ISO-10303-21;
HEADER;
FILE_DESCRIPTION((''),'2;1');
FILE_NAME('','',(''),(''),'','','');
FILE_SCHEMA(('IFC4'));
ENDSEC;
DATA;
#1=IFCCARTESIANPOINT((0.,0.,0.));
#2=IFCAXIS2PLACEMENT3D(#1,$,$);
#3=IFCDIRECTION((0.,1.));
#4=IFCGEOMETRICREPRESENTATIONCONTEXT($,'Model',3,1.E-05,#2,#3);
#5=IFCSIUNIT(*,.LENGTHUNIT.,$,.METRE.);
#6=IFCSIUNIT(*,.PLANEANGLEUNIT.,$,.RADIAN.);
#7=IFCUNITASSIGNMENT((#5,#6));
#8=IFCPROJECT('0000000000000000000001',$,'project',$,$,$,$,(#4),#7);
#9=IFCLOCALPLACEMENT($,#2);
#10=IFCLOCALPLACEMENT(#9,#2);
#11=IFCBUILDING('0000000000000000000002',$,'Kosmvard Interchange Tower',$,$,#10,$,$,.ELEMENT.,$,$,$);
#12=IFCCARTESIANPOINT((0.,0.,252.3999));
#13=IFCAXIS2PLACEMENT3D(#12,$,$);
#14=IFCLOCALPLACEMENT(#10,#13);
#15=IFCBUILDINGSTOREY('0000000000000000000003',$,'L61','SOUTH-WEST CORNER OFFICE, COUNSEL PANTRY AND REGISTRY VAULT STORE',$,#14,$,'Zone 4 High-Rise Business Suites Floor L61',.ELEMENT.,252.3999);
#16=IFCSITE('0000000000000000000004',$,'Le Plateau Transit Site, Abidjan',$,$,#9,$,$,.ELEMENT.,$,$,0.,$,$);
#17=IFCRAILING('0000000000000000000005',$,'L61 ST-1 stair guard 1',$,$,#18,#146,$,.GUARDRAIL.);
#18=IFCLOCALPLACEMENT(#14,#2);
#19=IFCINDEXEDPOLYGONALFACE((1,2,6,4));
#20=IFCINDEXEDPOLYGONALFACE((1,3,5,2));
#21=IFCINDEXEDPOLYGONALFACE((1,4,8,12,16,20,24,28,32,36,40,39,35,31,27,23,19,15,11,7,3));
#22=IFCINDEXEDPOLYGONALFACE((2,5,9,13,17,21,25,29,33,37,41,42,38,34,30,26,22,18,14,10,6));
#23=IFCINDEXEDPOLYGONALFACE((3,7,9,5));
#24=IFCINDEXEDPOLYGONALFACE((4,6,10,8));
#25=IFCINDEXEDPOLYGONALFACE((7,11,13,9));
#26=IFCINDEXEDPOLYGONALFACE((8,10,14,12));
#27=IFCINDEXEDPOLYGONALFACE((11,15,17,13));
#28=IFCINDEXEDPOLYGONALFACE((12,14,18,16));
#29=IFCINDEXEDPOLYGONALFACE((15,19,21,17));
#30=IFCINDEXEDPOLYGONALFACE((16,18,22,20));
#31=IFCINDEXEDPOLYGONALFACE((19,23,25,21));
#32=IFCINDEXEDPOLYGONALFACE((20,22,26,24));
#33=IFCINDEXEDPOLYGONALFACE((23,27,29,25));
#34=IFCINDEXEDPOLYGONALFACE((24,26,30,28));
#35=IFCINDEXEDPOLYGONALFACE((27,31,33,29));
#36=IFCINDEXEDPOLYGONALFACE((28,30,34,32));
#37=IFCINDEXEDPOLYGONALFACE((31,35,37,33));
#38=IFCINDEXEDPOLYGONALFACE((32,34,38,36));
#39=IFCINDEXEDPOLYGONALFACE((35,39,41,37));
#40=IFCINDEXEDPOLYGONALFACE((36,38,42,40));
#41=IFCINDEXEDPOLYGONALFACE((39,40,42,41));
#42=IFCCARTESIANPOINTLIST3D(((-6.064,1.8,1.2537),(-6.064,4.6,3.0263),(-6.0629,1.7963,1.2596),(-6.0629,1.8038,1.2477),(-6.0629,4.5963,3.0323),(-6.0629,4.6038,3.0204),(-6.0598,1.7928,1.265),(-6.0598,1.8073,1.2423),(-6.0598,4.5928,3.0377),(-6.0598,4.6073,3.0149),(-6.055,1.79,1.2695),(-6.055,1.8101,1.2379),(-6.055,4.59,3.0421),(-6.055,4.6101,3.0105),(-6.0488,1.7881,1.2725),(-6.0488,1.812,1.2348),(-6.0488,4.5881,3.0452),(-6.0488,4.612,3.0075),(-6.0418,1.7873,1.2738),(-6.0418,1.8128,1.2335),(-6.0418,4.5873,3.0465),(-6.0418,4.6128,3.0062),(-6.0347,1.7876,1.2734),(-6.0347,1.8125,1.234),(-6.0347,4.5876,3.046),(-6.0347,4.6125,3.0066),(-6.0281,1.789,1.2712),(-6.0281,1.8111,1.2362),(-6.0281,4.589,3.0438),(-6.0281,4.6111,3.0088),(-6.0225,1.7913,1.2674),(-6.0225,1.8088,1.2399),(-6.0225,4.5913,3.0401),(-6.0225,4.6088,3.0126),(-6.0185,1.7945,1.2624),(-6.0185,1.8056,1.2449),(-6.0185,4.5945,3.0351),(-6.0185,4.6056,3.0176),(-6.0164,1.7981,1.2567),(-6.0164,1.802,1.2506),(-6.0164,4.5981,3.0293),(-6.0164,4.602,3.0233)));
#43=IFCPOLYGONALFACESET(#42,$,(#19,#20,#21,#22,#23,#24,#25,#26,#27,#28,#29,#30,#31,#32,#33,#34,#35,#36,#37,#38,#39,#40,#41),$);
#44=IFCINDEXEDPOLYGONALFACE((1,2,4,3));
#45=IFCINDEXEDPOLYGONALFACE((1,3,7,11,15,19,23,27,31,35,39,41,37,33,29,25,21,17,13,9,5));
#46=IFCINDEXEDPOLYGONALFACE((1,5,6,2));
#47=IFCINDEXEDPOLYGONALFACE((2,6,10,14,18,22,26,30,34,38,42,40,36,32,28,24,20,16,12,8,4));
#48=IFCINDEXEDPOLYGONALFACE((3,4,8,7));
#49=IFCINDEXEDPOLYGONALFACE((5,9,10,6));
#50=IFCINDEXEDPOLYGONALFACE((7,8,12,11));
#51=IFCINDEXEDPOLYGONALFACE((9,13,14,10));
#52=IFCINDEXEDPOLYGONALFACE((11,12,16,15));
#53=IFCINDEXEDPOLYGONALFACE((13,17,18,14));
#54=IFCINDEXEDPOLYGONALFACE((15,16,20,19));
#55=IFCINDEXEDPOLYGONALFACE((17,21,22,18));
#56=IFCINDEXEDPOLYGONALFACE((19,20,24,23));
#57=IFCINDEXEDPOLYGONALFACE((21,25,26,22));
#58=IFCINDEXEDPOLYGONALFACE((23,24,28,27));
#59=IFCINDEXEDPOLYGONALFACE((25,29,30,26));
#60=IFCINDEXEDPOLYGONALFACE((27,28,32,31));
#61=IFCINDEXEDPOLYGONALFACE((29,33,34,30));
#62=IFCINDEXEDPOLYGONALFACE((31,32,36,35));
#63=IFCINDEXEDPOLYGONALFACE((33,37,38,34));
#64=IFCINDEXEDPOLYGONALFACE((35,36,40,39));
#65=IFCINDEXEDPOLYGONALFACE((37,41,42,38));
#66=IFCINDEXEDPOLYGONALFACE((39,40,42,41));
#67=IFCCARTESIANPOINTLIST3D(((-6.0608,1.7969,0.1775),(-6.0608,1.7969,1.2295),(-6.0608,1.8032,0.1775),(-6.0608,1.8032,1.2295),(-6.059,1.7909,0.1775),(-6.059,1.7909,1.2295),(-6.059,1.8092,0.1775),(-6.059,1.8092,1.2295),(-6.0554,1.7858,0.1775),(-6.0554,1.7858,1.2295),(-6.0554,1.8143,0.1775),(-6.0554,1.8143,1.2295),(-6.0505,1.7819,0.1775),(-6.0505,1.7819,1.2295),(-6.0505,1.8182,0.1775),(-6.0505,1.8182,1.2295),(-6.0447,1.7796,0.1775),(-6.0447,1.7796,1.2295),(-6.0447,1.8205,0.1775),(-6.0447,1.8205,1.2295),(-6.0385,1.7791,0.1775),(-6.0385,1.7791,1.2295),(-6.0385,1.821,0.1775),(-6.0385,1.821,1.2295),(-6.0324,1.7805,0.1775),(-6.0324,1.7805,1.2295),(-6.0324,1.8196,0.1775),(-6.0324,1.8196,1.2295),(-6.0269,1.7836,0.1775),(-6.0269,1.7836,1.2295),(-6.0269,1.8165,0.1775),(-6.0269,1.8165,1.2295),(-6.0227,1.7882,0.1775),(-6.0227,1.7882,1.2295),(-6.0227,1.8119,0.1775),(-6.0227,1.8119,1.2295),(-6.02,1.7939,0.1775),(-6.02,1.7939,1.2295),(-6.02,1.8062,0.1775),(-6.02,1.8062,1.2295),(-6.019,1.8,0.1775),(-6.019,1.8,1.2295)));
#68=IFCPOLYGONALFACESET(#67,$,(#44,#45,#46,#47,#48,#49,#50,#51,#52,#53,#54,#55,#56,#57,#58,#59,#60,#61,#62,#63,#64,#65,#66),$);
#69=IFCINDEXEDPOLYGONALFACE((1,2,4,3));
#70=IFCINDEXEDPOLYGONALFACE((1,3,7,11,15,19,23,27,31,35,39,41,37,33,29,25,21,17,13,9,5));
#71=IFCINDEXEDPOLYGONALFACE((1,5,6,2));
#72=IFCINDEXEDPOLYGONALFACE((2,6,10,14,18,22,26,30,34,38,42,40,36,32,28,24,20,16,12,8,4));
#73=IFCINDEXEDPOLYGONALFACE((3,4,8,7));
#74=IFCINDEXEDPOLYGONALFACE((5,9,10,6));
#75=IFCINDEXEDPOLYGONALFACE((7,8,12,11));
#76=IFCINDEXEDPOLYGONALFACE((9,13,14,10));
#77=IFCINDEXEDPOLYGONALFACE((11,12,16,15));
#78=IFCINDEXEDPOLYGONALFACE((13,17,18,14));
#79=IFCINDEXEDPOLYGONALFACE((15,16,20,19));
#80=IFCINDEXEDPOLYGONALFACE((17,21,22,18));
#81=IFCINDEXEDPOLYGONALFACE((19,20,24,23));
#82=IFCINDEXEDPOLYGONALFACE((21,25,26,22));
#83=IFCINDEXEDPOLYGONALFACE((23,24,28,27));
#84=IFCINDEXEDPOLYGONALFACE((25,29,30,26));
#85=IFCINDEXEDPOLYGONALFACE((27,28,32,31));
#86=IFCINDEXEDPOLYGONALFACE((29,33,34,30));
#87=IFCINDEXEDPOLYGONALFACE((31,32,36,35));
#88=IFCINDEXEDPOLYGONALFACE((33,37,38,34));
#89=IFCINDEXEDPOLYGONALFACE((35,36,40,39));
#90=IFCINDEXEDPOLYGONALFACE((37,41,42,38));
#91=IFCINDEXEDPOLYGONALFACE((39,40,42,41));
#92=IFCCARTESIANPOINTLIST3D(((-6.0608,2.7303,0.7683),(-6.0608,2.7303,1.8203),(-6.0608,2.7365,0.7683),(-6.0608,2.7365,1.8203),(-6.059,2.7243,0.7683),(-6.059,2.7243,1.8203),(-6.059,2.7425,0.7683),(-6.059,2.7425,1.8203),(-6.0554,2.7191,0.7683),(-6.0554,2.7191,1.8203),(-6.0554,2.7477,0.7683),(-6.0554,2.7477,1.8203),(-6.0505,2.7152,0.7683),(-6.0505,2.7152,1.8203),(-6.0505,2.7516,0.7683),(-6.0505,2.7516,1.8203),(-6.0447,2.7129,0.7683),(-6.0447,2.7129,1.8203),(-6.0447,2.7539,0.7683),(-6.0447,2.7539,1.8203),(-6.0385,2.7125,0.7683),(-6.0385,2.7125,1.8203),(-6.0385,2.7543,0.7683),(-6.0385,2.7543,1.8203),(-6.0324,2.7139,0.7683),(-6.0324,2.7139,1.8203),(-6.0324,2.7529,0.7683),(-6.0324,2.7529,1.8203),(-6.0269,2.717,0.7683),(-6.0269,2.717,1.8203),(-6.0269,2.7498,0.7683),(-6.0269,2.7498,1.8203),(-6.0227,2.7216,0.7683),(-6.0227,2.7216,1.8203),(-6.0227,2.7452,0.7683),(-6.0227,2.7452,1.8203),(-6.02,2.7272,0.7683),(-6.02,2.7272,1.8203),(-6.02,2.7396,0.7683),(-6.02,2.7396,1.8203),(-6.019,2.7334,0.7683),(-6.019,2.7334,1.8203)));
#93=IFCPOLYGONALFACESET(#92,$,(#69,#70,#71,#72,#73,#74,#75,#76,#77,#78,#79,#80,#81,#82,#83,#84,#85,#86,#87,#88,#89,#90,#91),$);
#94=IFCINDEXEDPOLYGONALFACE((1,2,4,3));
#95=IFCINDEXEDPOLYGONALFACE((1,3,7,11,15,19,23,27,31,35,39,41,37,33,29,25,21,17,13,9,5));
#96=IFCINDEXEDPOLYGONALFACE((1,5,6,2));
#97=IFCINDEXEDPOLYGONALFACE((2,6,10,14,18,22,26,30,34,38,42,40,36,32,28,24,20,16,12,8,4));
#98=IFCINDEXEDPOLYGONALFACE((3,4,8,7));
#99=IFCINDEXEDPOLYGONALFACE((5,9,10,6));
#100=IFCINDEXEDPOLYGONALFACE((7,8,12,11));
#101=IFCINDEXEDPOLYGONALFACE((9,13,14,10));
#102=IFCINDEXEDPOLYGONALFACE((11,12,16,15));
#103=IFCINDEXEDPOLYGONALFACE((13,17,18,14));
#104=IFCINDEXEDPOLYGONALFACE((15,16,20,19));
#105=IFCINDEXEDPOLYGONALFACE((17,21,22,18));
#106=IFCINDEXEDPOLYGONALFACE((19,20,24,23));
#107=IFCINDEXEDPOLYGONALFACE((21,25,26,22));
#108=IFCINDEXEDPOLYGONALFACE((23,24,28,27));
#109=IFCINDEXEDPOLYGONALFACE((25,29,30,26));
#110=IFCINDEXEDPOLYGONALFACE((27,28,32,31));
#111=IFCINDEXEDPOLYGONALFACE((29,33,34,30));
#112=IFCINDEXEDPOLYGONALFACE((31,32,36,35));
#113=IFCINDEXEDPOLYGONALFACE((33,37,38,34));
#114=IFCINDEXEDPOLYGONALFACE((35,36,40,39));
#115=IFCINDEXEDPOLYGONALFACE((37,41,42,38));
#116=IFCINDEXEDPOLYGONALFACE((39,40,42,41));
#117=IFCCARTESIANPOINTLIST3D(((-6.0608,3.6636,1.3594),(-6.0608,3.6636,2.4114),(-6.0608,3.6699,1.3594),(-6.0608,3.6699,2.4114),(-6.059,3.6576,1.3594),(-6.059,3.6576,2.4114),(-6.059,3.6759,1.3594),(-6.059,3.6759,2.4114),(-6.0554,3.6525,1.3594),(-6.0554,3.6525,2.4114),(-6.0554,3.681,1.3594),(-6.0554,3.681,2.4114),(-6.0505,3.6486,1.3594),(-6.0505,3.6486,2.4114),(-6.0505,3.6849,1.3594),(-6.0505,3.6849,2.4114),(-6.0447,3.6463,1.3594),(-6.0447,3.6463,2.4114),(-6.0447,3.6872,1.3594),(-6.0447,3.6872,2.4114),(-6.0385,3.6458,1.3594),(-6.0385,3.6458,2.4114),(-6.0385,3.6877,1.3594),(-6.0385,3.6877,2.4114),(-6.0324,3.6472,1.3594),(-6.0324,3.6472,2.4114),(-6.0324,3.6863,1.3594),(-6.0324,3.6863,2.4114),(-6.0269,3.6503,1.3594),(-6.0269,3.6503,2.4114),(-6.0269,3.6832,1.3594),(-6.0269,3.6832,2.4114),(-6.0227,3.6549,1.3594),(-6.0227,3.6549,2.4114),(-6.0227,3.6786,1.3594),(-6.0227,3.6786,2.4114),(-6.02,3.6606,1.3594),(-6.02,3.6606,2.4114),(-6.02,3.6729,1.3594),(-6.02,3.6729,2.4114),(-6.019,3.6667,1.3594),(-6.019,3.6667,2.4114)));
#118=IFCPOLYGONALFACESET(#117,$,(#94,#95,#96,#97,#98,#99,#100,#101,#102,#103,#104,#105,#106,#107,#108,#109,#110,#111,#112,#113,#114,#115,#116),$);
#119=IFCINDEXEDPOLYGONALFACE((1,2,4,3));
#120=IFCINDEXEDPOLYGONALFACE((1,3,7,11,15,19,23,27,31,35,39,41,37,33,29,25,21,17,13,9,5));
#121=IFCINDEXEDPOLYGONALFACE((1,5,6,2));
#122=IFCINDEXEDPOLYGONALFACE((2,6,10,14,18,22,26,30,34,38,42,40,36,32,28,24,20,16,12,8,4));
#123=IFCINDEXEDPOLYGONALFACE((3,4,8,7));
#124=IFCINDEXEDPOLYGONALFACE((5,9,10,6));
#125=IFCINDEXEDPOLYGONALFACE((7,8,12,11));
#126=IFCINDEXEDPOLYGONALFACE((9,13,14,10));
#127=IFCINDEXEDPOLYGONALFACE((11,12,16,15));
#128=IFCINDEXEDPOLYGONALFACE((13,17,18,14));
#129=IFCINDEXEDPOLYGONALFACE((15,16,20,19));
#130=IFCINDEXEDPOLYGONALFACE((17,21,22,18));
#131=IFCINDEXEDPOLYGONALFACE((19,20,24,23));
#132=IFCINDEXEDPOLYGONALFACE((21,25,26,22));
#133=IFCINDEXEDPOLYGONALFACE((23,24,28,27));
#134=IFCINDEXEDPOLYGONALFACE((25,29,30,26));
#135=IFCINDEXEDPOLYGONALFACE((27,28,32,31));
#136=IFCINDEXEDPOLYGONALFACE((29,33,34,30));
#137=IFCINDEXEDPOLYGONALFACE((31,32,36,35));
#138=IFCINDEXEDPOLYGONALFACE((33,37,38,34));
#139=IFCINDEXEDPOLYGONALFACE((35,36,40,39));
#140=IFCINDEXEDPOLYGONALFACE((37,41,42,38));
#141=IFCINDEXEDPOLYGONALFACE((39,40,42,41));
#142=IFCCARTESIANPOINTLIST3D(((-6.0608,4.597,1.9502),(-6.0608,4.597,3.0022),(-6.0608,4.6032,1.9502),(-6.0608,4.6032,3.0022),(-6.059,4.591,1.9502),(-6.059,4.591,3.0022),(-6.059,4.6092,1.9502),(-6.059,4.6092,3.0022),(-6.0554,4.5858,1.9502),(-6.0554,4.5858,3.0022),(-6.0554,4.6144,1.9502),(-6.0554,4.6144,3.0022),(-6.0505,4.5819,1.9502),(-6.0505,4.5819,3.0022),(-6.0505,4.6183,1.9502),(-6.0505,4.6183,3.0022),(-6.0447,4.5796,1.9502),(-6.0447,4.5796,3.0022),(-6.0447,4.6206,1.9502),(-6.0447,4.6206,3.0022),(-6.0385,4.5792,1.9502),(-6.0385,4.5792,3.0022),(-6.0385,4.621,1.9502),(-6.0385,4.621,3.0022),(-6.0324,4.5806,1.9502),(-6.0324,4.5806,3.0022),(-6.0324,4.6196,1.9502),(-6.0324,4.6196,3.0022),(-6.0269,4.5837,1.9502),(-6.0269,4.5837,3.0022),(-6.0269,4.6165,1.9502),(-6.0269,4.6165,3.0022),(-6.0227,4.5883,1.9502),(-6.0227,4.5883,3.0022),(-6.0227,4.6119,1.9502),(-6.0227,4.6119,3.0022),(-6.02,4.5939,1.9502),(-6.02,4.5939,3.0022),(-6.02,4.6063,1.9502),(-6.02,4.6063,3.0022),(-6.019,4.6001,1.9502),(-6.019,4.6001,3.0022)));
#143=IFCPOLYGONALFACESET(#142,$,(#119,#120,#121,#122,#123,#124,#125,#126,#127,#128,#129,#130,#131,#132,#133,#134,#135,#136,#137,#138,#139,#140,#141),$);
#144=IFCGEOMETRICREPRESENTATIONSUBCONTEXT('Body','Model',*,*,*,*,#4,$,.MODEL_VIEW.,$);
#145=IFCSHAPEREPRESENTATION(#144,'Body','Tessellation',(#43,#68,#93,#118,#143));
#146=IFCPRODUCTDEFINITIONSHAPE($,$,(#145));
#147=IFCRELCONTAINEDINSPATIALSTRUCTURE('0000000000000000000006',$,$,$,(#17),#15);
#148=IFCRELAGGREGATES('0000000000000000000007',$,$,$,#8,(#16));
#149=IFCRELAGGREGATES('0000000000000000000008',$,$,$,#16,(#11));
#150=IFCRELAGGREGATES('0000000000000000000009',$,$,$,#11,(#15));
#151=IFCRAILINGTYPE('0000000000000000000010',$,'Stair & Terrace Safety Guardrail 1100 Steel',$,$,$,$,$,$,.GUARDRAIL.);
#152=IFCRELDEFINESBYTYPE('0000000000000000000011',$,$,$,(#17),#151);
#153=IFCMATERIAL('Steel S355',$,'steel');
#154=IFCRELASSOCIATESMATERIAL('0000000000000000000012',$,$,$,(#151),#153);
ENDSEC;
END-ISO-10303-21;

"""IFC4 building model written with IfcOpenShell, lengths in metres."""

from ifc_helpers import new_model, si_unit, direction, frame, origin, origin_2d, place, context, subcontext, project, spatial, circle, extrude, source, transform, mapped, material, type_object, element, save


model = new_model("IFC4")

# Units and contexts
model_context = context("Model", 3, precision=1e-05, world=origin(), true_north=direction((0.0, 1.0)))
body_context = subcontext(model_context, "Body", "Model", "MODEL_VIEW")
ifc_project = project(units=[si_unit("LENGTHUNIT", "METRE"), si_unit("PLANEANGLEUNIT", "RADIAN")], contexts=[model_context])

# Site, building, storey
site_placement = place(None, origin())
site = spatial("IfcSite", under=ifc_project, at=site_placement, Name="Le Plateau Transit Site, Abidjan", CompositionType="ELEMENT", RefElevation=0.0)
building_placement = place(site_placement, origin())
building = spatial("IfcBuilding", under=site, at=building_placement, Name="Kosmvard Interchange Tower", CompositionType="ELEMENT")
storey_placement = place(building_placement, frame((0.0, 0.0, 252.3999)))
storey = spatial("IfcBuildingStorey", under=building, at=storey_placement, Name="L61", Description="SOUTH-WEST CORNER OFFICE, COUNSEL PANTRY AND REGISTRY VAULT STORE", LongName="Zone 4 High-Rise Business Suites Floor L61", CompositionType="ELEMENT", Elevation=252.3999)

# Railing
ifc_material_1 = material(Name="Steel S355", Category="steel")
railing_type_1 = type_object("IfcRailingType", Name="Stair & Terrace Safety Guardrail 1100 Steel", PredefinedType="GUARDRAIL", material=ifc_material_1)
shared_shape_1 = source(origin(), body_context, "Body", "SweptSolid", [
    extrude(circle(Radius=0.0239, at=origin_2d()), frame((0.0, 0.0, 1.0762), z_axis=(0.0, 0.844909, 0.53491), x_axis=(-1.0, 0.0, 0.0)), (0.0, 0.0, 1.0), 3.314),
    extrude(circle(Radius=0.021, at=origin_2d()), origin(), (0.0, 0.0, 1.0), 1.052),
    extrude(circle(Radius=0.021, at=origin_2d()), frame((0.0, 0.9333, 0.5908)), (0.0, 0.0, 1.0), 1.052),
    extrude(circle(Radius=0.021, at=origin_2d()), frame((0.0, 1.8667, 1.1819)), (0.0, 0.0, 1.0), 1.052),
    extrude(circle(Radius=0.021, at=origin_2d()), frame((0.0, 2.8, 1.7727)), (0.0, 0.0, 1.0), 1.052),
])
railing_1_placement = place(storey_placement, frame((-6.04, 1.8, 0.1775)))
element("IfcRailing", 1, at=railing_1_placement, inside=storey, type_object=railing_type_1, Name="L61 ST-1 stair guard 1", PredefinedType="GUARDRAIL", context=body_context, shape_type="MappedRepresentation", body=[
    mapped(shared_shape_1, transform((0.0, 0.0, 0.0), scale=1.0)),
])

save(model, "model.ifc")
